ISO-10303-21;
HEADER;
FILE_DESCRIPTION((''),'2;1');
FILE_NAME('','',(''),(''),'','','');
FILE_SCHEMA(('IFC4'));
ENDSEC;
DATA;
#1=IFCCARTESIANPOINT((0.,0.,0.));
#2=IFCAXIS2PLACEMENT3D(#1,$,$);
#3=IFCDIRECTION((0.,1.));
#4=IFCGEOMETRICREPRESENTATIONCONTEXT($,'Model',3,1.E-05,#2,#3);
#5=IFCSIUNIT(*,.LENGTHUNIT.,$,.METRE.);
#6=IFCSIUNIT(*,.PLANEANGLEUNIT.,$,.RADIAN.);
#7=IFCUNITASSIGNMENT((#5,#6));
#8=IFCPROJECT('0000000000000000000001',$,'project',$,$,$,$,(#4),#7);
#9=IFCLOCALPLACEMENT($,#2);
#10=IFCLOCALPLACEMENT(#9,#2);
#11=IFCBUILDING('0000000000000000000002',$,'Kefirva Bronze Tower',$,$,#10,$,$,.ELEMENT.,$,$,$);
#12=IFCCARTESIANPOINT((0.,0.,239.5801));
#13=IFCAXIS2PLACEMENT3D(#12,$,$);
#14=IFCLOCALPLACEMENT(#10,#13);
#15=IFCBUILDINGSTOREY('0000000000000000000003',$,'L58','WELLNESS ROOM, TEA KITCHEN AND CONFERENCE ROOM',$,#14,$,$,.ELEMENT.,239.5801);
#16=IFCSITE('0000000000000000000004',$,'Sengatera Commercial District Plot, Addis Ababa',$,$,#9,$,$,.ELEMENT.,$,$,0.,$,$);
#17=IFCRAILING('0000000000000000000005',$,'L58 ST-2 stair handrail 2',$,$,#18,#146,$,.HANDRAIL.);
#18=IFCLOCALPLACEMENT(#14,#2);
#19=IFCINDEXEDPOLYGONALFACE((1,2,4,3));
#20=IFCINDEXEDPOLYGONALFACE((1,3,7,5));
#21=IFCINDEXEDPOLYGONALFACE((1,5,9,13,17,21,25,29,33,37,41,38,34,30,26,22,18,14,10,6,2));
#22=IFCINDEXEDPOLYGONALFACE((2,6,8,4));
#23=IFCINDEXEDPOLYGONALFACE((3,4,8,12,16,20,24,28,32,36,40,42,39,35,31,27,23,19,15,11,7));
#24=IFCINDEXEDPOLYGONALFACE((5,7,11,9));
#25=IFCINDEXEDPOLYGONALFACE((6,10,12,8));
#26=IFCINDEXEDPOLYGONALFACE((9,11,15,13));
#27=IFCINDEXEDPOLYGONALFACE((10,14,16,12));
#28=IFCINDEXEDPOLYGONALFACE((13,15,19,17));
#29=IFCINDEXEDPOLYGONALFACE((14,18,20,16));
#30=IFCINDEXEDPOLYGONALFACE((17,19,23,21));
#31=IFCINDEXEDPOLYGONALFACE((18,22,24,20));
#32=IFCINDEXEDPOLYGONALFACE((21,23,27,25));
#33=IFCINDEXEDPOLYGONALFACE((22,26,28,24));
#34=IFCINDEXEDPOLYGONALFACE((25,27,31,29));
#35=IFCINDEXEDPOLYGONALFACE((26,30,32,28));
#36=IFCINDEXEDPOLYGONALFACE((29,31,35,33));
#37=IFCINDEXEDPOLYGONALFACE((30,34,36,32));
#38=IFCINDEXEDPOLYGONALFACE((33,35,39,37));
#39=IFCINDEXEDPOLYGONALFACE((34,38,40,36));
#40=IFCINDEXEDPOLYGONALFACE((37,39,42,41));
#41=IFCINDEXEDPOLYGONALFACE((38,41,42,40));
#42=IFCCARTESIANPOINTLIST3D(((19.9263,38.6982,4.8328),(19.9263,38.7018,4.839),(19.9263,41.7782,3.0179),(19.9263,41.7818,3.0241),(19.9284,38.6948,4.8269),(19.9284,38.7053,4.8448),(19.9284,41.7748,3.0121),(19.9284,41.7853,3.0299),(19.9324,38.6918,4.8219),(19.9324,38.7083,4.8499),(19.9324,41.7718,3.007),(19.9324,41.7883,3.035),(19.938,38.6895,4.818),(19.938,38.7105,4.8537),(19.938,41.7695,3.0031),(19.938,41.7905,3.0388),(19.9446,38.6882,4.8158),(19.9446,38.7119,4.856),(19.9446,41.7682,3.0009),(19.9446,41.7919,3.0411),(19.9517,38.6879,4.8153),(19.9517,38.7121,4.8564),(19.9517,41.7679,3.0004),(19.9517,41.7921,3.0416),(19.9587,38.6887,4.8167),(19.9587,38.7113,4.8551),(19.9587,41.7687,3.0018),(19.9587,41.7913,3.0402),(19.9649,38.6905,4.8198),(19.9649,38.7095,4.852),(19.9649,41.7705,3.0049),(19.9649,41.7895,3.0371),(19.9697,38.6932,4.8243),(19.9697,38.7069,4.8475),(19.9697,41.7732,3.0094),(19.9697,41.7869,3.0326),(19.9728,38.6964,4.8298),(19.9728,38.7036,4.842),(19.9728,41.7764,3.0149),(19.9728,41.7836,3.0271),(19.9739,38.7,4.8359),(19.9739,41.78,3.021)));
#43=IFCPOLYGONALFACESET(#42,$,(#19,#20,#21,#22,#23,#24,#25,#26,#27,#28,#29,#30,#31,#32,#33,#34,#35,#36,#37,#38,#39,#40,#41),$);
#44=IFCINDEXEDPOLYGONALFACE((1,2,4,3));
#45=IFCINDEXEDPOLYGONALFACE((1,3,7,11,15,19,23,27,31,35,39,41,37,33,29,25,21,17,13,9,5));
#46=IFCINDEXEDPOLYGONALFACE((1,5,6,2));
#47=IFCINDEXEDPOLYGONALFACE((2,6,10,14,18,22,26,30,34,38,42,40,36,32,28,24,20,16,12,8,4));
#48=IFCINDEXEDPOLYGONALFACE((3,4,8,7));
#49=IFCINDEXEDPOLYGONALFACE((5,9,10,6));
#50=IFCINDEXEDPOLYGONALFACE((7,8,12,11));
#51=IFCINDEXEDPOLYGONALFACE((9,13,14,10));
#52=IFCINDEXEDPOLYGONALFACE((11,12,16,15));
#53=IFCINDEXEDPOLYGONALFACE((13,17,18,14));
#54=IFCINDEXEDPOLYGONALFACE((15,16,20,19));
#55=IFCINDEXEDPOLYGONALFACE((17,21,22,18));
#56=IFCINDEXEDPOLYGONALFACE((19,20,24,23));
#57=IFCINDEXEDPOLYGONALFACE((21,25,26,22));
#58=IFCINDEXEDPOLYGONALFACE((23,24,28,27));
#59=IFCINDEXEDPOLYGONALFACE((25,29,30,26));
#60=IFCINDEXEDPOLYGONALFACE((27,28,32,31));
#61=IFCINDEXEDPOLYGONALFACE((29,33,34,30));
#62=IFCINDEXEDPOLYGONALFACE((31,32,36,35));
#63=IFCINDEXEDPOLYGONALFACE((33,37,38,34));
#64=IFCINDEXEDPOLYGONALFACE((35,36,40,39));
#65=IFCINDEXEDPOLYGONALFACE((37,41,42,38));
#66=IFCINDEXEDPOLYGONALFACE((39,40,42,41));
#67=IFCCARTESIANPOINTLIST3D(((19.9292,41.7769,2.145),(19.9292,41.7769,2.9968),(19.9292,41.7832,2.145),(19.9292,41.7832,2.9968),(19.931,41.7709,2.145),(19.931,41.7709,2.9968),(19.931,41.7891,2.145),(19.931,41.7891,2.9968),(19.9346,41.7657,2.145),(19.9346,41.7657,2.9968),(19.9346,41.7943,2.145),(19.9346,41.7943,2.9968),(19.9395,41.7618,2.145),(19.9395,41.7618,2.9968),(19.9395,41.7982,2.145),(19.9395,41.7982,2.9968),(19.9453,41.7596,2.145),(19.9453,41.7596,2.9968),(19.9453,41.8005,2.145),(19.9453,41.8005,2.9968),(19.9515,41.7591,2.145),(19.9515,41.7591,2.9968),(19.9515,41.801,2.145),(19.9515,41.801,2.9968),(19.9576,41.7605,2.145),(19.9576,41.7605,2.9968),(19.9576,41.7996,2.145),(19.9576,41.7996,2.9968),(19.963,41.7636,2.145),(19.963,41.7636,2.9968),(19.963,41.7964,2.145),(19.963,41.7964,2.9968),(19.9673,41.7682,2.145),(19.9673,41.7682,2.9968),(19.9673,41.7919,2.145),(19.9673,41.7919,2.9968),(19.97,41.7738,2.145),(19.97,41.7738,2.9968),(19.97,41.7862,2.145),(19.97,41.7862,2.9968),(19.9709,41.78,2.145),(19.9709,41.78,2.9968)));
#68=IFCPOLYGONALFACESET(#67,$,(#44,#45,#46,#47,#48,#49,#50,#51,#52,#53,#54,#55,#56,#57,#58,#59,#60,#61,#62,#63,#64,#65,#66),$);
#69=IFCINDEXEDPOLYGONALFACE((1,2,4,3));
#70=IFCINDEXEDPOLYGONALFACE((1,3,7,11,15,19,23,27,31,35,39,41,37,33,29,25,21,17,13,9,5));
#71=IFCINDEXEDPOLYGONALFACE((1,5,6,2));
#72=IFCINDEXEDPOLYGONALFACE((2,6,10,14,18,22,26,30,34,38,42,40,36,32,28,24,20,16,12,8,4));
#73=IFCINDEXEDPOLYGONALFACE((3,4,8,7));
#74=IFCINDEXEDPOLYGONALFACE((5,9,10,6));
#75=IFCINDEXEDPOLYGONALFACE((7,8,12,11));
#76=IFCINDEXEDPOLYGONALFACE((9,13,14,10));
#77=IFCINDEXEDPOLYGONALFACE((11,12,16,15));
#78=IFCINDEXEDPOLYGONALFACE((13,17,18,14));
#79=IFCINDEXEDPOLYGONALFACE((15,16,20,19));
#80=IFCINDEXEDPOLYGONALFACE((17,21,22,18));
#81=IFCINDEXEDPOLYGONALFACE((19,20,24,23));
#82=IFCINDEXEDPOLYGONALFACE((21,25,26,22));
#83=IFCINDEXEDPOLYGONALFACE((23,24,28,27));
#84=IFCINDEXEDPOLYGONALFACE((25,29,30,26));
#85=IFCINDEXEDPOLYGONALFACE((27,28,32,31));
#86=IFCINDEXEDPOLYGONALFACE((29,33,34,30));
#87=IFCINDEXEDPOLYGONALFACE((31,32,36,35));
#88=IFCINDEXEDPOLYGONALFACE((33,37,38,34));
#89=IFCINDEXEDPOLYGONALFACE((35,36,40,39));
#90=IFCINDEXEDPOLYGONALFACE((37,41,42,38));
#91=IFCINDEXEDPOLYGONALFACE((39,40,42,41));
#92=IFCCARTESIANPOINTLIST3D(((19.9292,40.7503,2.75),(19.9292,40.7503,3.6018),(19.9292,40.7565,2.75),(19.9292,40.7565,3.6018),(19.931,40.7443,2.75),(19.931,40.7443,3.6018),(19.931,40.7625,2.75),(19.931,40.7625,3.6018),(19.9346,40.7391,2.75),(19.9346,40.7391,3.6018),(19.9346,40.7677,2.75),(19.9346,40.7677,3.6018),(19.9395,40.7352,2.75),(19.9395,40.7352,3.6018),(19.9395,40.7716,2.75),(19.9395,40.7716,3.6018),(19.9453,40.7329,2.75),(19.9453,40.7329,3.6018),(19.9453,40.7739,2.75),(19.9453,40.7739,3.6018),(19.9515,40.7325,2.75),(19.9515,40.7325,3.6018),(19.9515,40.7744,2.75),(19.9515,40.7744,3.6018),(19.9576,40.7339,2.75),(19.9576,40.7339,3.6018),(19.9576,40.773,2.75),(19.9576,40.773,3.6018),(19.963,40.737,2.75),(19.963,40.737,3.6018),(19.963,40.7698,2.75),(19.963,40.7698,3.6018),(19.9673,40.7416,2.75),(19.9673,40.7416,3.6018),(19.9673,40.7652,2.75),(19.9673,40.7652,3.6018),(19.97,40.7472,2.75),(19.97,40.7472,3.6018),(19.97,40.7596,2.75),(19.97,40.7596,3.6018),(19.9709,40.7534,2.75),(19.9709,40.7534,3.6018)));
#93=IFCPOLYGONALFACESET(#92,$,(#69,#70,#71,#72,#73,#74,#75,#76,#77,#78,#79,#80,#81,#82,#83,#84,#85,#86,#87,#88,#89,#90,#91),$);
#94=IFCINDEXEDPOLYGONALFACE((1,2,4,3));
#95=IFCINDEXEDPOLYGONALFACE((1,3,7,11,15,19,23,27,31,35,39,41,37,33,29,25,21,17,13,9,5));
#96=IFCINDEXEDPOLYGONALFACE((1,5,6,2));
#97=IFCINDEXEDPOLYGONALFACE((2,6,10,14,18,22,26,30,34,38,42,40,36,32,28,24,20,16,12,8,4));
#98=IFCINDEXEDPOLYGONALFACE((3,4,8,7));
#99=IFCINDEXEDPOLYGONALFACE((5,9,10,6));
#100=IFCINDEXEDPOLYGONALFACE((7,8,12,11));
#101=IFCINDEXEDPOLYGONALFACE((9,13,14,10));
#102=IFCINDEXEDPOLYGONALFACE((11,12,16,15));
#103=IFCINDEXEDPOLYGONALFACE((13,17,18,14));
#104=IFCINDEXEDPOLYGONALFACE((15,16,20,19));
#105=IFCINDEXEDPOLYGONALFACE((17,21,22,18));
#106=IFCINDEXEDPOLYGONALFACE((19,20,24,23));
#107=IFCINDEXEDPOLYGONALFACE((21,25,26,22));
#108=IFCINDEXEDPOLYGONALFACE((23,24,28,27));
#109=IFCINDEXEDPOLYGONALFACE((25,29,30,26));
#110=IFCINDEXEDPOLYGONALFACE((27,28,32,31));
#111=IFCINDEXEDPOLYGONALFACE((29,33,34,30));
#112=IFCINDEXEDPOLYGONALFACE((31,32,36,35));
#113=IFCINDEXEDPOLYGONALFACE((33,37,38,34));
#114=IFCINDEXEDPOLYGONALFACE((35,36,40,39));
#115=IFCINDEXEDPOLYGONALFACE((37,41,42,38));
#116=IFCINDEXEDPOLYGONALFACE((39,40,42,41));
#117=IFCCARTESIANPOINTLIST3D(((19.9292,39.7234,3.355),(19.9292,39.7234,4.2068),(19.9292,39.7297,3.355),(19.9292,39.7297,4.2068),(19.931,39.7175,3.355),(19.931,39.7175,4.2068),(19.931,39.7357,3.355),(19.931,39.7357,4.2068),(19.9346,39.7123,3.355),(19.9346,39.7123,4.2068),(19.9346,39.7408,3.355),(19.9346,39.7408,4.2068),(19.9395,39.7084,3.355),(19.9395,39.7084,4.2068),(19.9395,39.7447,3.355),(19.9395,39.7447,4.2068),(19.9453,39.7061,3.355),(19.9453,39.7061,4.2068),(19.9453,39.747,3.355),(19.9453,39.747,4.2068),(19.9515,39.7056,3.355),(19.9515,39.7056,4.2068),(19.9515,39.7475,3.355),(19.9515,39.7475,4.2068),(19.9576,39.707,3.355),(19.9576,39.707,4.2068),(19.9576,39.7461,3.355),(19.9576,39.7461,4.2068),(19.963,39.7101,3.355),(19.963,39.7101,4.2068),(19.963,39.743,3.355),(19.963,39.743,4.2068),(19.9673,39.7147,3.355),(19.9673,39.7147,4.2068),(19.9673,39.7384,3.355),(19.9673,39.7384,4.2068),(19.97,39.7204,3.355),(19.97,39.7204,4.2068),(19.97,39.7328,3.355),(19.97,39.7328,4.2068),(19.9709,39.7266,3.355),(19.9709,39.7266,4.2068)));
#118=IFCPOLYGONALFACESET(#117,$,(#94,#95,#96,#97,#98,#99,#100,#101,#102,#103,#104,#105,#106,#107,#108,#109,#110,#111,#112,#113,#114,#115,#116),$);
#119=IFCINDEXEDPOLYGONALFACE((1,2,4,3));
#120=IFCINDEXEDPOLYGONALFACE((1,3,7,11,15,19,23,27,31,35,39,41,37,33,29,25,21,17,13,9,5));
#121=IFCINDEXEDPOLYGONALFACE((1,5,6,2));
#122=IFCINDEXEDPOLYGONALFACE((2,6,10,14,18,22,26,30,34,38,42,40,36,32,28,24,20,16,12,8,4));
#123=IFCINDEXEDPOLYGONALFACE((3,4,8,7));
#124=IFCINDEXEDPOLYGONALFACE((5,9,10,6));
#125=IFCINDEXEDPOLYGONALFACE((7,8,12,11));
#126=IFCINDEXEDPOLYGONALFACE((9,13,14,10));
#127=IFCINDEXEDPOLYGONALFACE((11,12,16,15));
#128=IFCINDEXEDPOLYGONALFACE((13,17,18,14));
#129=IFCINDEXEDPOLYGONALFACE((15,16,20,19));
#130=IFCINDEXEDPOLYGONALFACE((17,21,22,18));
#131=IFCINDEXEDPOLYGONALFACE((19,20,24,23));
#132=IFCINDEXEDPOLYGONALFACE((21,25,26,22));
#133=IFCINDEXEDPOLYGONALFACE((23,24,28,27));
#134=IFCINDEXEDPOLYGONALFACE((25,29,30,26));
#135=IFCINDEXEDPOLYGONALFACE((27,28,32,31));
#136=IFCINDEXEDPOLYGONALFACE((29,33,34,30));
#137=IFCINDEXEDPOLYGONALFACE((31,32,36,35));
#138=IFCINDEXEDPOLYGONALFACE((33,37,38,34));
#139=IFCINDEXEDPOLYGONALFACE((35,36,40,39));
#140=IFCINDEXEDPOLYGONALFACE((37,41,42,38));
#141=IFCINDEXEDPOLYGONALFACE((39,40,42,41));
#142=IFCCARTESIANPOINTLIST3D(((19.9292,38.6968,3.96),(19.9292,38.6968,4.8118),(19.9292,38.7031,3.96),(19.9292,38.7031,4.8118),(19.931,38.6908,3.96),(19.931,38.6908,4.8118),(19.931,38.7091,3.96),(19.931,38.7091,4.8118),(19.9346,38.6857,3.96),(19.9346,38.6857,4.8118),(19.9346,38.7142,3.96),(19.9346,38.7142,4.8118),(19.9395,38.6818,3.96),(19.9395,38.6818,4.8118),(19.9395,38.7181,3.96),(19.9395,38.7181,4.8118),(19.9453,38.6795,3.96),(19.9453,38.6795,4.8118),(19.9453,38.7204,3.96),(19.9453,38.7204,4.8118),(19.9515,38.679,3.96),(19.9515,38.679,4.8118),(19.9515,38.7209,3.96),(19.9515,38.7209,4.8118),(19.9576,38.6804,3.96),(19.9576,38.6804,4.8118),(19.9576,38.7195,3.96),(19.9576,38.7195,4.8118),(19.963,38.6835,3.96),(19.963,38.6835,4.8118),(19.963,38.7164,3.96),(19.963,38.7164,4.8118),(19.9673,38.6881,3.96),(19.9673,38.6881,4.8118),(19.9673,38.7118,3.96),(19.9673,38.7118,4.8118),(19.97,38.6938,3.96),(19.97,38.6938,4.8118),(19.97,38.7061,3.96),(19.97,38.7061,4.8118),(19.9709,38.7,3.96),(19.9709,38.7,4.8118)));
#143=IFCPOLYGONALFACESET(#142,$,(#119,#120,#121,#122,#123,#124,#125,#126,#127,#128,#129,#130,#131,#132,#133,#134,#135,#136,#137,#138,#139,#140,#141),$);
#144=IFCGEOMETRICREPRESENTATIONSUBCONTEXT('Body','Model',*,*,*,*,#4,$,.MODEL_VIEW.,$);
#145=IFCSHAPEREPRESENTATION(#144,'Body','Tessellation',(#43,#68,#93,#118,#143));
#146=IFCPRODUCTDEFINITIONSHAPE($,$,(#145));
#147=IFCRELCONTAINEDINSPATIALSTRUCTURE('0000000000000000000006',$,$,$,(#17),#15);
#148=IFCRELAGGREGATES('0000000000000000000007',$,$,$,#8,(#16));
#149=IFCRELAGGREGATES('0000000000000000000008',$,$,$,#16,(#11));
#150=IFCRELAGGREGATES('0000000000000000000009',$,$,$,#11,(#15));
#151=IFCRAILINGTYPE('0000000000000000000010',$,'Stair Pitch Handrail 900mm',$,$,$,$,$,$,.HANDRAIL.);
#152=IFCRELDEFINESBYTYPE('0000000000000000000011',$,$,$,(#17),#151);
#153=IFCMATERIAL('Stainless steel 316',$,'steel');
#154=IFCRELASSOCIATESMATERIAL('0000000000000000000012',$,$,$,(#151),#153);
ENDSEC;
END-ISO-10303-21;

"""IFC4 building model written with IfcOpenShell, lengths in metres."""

from ifc_helpers import new_model, si_unit, direction, frame, origin, origin_2d, place, context, subcontext, project, spatial, circle, extrude, material, type_object, element, save


model = new_model("IFC4")

# Units and contexts
model_context = context("Model", 3, precision=1e-05, world=origin(), true_north=direction((0.0, 1.0)))
body_context = subcontext(model_context, "Body", "Model", "MODEL_VIEW")
ifc_project = project(units=[si_unit("LENGTHUNIT", "METRE"), si_unit("PLANEANGLEUNIT", "RADIAN")], contexts=[model_context])

# Site, building, storey
site_placement = place(None, origin())
site = spatial("IfcSite", under=ifc_project, at=site_placement, Name="Sengatera Commercial District Plot, Addis Ababa", CompositionType="ELEMENT", RefElevation=0.0)
building_placement = place(site_placement, origin())
building = spatial("IfcBuilding", under=site, at=building_placement, Name="Kefirva Bronze Tower", CompositionType="ELEMENT")
storey_placement = place(building_placement, frame((0.0, 0.0, 239.5801)))
storey = spatial("IfcBuildingStorey", under=building, at=storey_placement, Name="L58", Description="WELLNESS ROOM, TEA KITCHEN AND CONFERENCE ROOM", CompositionType="ELEMENT", Elevation=239.5801)

# Shared definitions
ifc_material_1 = material(Name="Stainless steel 316", Category="steel")

# Railing
railing_type_1 = type_object("IfcRailingType", Name="Stair Pitch Handrail 900mm", PredefinedType="HANDRAIL", material=ifc_material_1)
railing_1_placement = place(storey_placement, frame((19.95, 41.78, 2.145)))
element("IfcRailing", 1, at=railing_1_placement, inside=storey, type_object=railing_type_1, Name="L58 ST-2 stair handrail 2", PredefinedType="HANDRAIL", context=body_context, shape_type="SweptSolid", body=[
    extrude(circle(Radius=0.0239, at=origin_2d()), frame((0.0, 0.0, 0.876), z_axis=(0.0, -0.861551, 0.507671), x_axis=(1.0, 0.0, 0.0)), (0.0, 0.0, 1.0), 3.575),
    extrude(circle(Radius=0.021, at=origin_2d()), origin(), (0.0, 0.0, 1.0), 0.8518),
    extrude(circle(Radius=0.021, at=origin_2d()), frame((0.0, -1.0266, 0.605)), (0.0, 0.0, 1.0), 0.8518),
    extrude(circle(Radius=0.021, at=origin_2d()), frame((0.0, -2.0535, 1.21)), (0.0, 0.0, 1.0), 0.8518),
    extrude(circle(Radius=0.021, at=origin_2d()), frame((0.0, -3.0801, 1.8149)), (0.0, 0.0, 1.0), 0.8518),
])

save(model, "model.ifc")
